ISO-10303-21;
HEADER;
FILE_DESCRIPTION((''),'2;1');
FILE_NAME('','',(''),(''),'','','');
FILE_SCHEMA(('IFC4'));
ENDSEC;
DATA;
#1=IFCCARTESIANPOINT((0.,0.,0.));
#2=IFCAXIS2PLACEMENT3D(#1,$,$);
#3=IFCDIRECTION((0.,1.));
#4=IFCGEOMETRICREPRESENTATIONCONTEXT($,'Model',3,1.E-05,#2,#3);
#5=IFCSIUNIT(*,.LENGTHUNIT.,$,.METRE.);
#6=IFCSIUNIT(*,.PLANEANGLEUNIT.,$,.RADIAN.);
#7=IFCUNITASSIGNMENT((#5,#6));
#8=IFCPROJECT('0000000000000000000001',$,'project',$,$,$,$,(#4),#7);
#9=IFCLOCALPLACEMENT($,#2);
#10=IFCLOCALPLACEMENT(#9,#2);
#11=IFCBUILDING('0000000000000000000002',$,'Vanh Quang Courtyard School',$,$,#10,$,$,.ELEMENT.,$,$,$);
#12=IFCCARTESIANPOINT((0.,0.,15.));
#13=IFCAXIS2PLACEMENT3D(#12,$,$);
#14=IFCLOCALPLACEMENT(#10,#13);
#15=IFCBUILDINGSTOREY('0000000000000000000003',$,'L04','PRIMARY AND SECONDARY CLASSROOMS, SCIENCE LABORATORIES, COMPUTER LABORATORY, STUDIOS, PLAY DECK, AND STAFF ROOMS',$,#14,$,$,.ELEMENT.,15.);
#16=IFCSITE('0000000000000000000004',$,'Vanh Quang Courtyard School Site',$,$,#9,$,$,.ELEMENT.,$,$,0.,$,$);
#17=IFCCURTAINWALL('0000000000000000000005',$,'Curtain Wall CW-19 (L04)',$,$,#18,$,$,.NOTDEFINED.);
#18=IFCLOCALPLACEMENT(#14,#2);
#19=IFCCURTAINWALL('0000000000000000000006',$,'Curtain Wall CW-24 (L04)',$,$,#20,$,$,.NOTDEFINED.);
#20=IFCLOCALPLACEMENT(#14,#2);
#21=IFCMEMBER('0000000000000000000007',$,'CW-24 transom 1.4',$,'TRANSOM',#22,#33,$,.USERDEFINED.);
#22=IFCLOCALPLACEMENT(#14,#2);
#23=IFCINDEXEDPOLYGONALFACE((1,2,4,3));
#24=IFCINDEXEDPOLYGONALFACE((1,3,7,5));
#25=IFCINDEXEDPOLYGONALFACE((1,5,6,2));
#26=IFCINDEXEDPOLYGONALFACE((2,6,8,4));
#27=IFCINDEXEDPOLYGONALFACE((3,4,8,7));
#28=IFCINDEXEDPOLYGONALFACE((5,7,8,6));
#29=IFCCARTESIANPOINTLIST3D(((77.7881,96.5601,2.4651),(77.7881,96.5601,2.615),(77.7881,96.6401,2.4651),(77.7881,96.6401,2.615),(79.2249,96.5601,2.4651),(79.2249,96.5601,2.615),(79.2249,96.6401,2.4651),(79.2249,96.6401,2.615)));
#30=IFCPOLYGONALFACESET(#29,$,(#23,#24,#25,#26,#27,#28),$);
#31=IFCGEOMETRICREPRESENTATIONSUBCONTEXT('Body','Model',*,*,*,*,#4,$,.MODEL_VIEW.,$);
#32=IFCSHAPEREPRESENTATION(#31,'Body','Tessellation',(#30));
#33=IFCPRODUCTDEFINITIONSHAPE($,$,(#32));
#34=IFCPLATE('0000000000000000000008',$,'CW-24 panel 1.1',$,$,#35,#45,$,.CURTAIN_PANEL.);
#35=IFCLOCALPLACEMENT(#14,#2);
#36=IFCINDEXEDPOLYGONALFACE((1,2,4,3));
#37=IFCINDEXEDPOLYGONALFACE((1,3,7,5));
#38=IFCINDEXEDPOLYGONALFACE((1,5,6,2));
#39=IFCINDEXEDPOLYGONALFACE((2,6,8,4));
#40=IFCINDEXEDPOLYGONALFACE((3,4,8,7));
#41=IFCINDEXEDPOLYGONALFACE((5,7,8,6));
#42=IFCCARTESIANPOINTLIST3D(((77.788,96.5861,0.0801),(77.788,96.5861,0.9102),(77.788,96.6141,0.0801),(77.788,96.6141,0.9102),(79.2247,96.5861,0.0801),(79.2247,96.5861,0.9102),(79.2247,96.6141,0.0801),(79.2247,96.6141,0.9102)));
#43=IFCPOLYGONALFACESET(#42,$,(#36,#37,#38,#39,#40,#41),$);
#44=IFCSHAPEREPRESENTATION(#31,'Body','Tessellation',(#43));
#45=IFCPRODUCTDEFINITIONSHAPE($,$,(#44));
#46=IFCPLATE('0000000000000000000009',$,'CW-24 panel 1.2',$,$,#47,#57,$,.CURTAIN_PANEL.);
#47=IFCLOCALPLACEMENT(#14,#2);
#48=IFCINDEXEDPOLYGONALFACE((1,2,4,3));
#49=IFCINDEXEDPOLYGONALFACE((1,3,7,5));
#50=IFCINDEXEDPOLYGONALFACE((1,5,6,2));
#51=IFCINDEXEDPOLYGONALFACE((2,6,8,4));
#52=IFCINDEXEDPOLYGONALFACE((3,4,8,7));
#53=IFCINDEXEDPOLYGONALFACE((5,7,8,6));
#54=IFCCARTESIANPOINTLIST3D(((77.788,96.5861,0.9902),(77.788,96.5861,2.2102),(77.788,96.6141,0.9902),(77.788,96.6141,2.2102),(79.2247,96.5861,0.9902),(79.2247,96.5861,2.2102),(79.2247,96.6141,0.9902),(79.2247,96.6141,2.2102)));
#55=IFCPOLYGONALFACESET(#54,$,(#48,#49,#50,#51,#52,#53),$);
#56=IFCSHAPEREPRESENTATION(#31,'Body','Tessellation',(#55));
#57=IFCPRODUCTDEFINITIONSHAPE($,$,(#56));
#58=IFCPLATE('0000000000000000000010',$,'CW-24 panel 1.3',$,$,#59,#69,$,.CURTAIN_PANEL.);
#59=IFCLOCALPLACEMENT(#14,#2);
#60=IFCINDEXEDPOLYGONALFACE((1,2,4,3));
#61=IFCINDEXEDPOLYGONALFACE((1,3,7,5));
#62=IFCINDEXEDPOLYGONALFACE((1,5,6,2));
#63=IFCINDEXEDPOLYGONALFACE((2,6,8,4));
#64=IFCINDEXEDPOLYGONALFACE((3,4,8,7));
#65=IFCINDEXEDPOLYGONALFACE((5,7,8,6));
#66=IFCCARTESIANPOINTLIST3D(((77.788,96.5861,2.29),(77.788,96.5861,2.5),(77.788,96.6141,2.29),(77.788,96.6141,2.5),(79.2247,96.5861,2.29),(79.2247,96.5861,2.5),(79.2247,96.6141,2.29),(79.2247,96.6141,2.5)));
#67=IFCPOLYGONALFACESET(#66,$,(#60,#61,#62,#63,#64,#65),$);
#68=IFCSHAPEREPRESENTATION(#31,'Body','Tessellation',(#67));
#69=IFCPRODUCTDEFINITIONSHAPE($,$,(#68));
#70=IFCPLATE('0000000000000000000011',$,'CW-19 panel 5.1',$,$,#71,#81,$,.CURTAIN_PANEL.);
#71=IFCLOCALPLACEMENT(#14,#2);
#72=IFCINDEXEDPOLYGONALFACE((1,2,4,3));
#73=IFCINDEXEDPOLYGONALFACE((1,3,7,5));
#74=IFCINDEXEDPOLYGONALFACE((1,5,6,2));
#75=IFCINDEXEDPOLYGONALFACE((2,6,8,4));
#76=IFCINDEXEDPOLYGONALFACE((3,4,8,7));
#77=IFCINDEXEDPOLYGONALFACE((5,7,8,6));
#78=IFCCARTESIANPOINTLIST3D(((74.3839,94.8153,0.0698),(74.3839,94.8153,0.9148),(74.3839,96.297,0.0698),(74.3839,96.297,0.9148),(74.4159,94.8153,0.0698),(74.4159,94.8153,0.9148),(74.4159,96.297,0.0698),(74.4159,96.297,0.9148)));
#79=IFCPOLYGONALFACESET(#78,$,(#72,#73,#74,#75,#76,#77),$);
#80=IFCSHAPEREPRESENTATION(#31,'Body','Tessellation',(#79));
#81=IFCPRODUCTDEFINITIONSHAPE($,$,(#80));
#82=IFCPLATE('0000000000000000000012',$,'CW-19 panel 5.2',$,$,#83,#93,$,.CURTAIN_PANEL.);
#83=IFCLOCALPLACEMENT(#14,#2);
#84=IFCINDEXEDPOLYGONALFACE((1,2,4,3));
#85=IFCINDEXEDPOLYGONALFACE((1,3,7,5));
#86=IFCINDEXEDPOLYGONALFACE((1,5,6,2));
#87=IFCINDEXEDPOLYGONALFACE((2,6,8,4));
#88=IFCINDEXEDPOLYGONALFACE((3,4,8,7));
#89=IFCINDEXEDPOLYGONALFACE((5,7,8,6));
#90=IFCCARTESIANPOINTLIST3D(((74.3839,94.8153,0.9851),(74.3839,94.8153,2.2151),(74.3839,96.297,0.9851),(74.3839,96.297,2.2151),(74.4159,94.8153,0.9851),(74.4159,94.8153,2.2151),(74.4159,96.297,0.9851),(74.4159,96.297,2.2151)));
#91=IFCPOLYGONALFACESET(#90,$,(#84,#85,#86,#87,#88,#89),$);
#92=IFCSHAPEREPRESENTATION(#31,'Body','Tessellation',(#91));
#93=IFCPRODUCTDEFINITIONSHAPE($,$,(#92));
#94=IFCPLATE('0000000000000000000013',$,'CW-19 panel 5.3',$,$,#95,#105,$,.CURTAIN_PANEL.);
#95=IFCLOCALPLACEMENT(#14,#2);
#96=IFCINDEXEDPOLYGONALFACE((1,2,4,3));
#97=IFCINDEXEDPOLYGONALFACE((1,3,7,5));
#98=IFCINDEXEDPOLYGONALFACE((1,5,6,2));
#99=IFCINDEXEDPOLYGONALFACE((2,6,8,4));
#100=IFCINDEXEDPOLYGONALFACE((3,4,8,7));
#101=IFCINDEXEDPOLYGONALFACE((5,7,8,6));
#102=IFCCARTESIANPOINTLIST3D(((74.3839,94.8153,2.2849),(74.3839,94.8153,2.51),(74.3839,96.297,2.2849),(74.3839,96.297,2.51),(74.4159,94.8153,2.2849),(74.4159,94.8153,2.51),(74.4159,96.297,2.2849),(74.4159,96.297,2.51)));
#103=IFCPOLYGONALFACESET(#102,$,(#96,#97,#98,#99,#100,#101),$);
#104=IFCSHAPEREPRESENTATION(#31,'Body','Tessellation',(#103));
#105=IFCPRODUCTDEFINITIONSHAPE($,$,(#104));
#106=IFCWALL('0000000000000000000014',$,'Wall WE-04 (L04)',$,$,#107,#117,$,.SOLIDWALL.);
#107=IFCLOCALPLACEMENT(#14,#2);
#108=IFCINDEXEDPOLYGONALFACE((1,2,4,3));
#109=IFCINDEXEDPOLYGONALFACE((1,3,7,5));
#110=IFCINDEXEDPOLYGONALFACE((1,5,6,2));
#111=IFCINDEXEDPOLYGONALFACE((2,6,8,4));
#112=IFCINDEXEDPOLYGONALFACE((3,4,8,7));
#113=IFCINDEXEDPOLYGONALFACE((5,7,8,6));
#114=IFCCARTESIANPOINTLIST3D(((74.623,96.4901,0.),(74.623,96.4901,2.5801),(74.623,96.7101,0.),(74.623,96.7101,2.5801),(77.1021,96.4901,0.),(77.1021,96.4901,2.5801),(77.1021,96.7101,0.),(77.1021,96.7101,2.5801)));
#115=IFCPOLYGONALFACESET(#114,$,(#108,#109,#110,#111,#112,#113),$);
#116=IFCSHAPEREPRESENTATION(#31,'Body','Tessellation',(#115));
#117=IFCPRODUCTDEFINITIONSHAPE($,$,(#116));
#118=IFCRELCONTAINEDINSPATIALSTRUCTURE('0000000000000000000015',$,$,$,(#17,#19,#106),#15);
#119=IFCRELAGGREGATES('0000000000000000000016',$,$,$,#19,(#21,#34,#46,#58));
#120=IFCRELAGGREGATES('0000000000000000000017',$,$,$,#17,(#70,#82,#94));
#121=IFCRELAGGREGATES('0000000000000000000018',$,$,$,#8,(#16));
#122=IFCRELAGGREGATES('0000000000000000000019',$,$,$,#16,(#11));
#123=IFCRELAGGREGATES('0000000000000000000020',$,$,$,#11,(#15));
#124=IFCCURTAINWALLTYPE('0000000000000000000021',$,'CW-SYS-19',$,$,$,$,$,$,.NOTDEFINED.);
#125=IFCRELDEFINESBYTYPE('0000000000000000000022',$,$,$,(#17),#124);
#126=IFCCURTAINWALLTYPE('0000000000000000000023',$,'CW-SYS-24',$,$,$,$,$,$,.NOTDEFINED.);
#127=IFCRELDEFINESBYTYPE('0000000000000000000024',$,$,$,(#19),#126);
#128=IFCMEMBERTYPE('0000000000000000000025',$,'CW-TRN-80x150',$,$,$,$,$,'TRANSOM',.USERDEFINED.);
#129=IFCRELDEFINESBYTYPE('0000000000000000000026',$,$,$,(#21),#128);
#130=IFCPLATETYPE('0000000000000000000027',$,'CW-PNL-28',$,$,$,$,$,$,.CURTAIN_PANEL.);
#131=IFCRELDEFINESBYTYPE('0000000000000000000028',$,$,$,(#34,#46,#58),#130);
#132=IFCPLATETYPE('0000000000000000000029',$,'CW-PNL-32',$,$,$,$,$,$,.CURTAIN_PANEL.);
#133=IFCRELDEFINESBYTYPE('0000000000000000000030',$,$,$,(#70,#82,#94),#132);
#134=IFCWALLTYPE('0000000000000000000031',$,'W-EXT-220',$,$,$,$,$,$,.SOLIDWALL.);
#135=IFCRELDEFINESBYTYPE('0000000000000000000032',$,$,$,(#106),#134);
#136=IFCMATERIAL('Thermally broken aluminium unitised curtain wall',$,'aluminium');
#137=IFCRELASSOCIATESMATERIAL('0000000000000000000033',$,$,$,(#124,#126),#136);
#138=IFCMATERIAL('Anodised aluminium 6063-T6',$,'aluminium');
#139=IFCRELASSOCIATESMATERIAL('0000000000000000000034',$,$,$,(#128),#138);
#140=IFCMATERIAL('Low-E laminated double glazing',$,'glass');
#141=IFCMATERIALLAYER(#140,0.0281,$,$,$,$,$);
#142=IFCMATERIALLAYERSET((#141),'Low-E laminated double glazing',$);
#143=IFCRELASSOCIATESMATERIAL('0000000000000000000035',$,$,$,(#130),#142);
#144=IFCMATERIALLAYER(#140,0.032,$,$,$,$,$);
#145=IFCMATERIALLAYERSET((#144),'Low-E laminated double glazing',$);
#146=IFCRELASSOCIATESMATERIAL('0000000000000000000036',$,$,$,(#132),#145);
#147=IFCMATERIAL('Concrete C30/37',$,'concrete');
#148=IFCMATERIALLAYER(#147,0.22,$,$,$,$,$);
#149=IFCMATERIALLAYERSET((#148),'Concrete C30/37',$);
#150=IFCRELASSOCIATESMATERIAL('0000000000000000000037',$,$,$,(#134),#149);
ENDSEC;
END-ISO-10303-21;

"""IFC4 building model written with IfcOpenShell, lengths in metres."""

from ifc_helpers import new_model, si_unit, direction, frame, frame_2d, origin, origin_2d, place, context, subcontext, project, spatial, rectangle, extrude, material, layer, layer_set, material_profile, profile_set, type_object, element, aggregate, save


model = new_model("IFC4")

# Units and contexts
model_context = context("Model", 3, precision=1e-05, world=origin(), true_north=direction((0.0, 1.0)))
body_context = subcontext(model_context, "Body", "Model", "MODEL_VIEW")
ifc_project = project(units=[si_unit("LENGTHUNIT", "METRE"), si_unit("PLANEANGLEUNIT", "RADIAN")], contexts=[model_context])

# Site, building, storey
site_placement = place(None, origin())
site = spatial("IfcSite", under=ifc_project, at=site_placement, Name="Vanh Quang Courtyard School Site", CompositionType="ELEMENT", RefElevation=0.0)
building_placement = place(site_placement, origin())
building = spatial("IfcBuilding", under=site, at=building_placement, Name="Vanh Quang Courtyard School", CompositionType="ELEMENT")
storey_placement = place(building_placement, frame((0.0, 0.0, 15.0)))
storey = spatial("IfcBuildingStorey", under=building, at=storey_placement, Name="L04", Description="PRIMARY AND SECONDARY CLASSROOMS, SCIENCE LABORATORIES, COMPUTER LABORATORY, STUDIOS, PLAY DECK, AND STAFF ROOMS", CompositionType="ELEMENT", Elevation=15.0)

# Curtain walls
ifc_material_1 = material(Name="Thermally broken aluminium unitised curtain wall", Category="aluminium")
curtain_wall_type_1 = type_object("IfcCurtainWallType", Name="CW-SYS-19", PredefinedType="NOTDEFINED", material=ifc_material_1)
curtain_wall_1_placement = place(storey_placement, origin())
curtain_wall_1 = element("IfcCurtainWall", 1, at=curtain_wall_1_placement, inside=storey, type_object=curtain_wall_type_1, Name="Curtain Wall CW-19 (L04)", PredefinedType="NOTDEFINED")
ifc_material_2 = material(Name="Anodised aluminium 6063-T6", Category="aluminium")
curtain_wall_type_2 = type_object("IfcCurtainWallType", Name="CW-SYS-24", PredefinedType="NOTDEFINED", material=ifc_material_1)
curtain_wall_2_placement = place(storey_placement, origin())
curtain_wall_2 = element("IfcCurtainWall", 2, at=curtain_wall_2_placement, inside=storey, type_object=curtain_wall_type_2, Name="Curtain Wall CW-24 (L04)", PredefinedType="NOTDEFINED")

# Member
ifc_material_profile_1 = material_profile(ifc_material_2, rectangle(XDim=0.0801, YDim=0.1499, at=origin_2d()), Name="ALU-TRN 80x150")
ifc_profile_set_1 = profile_set([ifc_material_profile_1], Name="Anodised aluminium 6063-T6")
member_type_1 = type_object("IfcMemberType", Name="CW-TRN-80x150", ElementType="TRANSOM", PredefinedType="USERDEFINED", material=ifc_profile_set_1)
member_1_placement = place(storey_placement, frame((77.7881, 96.6001, 2.54), z_axis=(1.0, 0.0, 0.0), x_axis=(0.0, 1.0, 0.0)))
member_1 = element("IfcMember", 3, at=member_1_placement, type_object=member_type_1, Name="CW-24 transom 1.4", ObjectType="TRANSOM", PredefinedType="USERDEFINED", context=body_context, shape_type="SweptSolid", body=[
    extrude(rectangle(XDim=0.0801, YDim=0.1499, at=origin_2d()), origin(), (0.0, 0.0, 1.0), 1.4368),
])

# Plates
ifc_material_3 = material(Name="Low-E laminated double glazing", Category="glass")
ifc_layer_1 = layer(ifc_material_3, 0.0281)
ifc_layer_set_1 = layer_set([ifc_layer_1], Name="Low-E laminated double glazing")
plate_type_1 = type_object("IfcPlateType", Name="CW-PNL-28", PredefinedType="CURTAIN_PANEL", material=ifc_layer_set_1)
plate_1_placement = place(storey_placement, frame((78.5063, 96.6001, 0.0801), z_axis=(0.0, 0.0, 1.0), x_axis=(1.0, 0.0, 0.0)))
plate_1 = element("IfcPlate", 4, at=plate_1_placement, type_object=plate_type_1, Name="CW-24 panel 1.1", PredefinedType="CURTAIN_PANEL", context=body_context, shape_type="SweptSolid", body=[
    extrude(rectangle(XDim=1.4368, YDim=0.0281, at=origin_2d()), origin(), (0.0, 0.0, 1.0), 0.8301),
])
plate_2_placement = place(storey_placement, frame((78.5063, 96.6001, 0.9902), z_axis=(0.0, 0.0, 1.0), x_axis=(1.0, 0.0, 0.0)))
plate_2 = element("IfcPlate", 5, at=plate_2_placement, type_object=plate_type_1, Name="CW-24 panel 1.2", PredefinedType="CURTAIN_PANEL", context=body_context, shape_type="SweptSolid", body=[
    extrude(rectangle(XDim=1.4368, YDim=0.0281, at=origin_2d()), origin(), (0.0, 0.0, 1.0), 1.22),
])
plate_3_placement = place(storey_placement, frame((78.5063, 96.6001, 2.29), z_axis=(0.0, 0.0, 1.0), x_axis=(1.0, 0.0, 0.0)))
plate_3 = element("IfcPlate", 6, at=plate_3_placement, type_object=plate_type_1, Name="CW-24 panel 1.3", PredefinedType="CURTAIN_PANEL", context=body_context, shape_type="SweptSolid", body=[
    extrude(rectangle(XDim=1.4368, YDim=0.0281, at=origin_2d()), origin(), (0.0, 0.0, 1.0), 0.21),
])
aggregate(curtain_wall_2, [member_1, plate_1, plate_2, plate_3])
ifc_layer_2 = layer(ifc_material_3, 0.032)
ifc_layer_set_2 = layer_set([ifc_layer_2], Name="Low-E laminated double glazing")
plate_type_2 = type_object("IfcPlateType", Name="CW-PNL-32", PredefinedType="CURTAIN_PANEL", material=ifc_layer_set_2)
plate_4_placement = place(storey_placement, frame((74.3999, 95.5562, 0.0698), z_axis=(0.0, 0.0, 1.0), x_axis=(0.0, 1.0, 0.0)))
plate_4 = element("IfcPlate", 7, at=plate_4_placement, type_object=plate_type_2, Name="CW-19 panel 5.1", PredefinedType="CURTAIN_PANEL", context=body_context, shape_type="SweptSolid", body=[
    extrude(rectangle(XDim=1.4817, YDim=0.032, at=origin_2d()), origin(), (0.0, 0.0, 1.0), 0.845),
])
plate_5_placement = place(storey_placement, frame((74.3999, 95.5562, 0.9851), z_axis=(0.0, 0.0, 1.0), x_axis=(0.0, 1.0, 0.0)))
plate_5 = element("IfcPlate", 8, at=plate_5_placement, type_object=plate_type_2, Name="CW-19 panel 5.2", PredefinedType="CURTAIN_PANEL", context=body_context, shape_type="SweptSolid", body=[
    extrude(rectangle(XDim=1.4817, YDim=0.032, at=origin_2d()), origin(), (0.0, 0.0, 1.0), 1.23),
])
plate_6_placement = place(storey_placement, frame((74.3999, 95.5562, 2.2849), z_axis=(0.0, 0.0, 1.0), x_axis=(0.0, 1.0, 0.0)))
plate_6 = element("IfcPlate", 9, at=plate_6_placement, type_object=plate_type_2, Name="CW-19 panel 5.3", PredefinedType="CURTAIN_PANEL", context=body_context, shape_type="SweptSolid", body=[
    extrude(rectangle(XDim=1.4817, YDim=0.032, at=origin_2d()), origin(), (0.0, 0.0, 1.0), 0.2251),
])
aggregate(curtain_wall_1, [plate_4, plate_5, plate_6])

# Wall
ifc_material_4 = material(Name="Concrete C30/37", Category="concrete")
ifc_layer_3 = layer(ifc_material_4, 0.22)
ifc_layer_set_3 = layer_set([ifc_layer_3], Name="Concrete C30/37")
wall_type = type_object("IfcWallType", Name="W-EXT-220", PredefinedType="SOLIDWALL", material=ifc_layer_set_3)
wall_placement = place(storey_placement, frame((74.623, 96.6001, 0.0), z_axis=(0.0, 0.0, 1.0), x_axis=(1.0, 0.0, 0.0)))
element("IfcWall", 10, at=wall_placement, inside=storey, type_object=wall_type, Name="Wall WE-04 (L04)", PredefinedType="SOLIDWALL", context=body_context, shape_type="SweptSolid", body=[
    extrude(rectangle(XDim=2.479, YDim=0.22, at=frame_2d((1.2395, 0.0))), origin(), (0.0, 0.0, 1.0), 2.5801),
])

save(model, "model.ifc")
